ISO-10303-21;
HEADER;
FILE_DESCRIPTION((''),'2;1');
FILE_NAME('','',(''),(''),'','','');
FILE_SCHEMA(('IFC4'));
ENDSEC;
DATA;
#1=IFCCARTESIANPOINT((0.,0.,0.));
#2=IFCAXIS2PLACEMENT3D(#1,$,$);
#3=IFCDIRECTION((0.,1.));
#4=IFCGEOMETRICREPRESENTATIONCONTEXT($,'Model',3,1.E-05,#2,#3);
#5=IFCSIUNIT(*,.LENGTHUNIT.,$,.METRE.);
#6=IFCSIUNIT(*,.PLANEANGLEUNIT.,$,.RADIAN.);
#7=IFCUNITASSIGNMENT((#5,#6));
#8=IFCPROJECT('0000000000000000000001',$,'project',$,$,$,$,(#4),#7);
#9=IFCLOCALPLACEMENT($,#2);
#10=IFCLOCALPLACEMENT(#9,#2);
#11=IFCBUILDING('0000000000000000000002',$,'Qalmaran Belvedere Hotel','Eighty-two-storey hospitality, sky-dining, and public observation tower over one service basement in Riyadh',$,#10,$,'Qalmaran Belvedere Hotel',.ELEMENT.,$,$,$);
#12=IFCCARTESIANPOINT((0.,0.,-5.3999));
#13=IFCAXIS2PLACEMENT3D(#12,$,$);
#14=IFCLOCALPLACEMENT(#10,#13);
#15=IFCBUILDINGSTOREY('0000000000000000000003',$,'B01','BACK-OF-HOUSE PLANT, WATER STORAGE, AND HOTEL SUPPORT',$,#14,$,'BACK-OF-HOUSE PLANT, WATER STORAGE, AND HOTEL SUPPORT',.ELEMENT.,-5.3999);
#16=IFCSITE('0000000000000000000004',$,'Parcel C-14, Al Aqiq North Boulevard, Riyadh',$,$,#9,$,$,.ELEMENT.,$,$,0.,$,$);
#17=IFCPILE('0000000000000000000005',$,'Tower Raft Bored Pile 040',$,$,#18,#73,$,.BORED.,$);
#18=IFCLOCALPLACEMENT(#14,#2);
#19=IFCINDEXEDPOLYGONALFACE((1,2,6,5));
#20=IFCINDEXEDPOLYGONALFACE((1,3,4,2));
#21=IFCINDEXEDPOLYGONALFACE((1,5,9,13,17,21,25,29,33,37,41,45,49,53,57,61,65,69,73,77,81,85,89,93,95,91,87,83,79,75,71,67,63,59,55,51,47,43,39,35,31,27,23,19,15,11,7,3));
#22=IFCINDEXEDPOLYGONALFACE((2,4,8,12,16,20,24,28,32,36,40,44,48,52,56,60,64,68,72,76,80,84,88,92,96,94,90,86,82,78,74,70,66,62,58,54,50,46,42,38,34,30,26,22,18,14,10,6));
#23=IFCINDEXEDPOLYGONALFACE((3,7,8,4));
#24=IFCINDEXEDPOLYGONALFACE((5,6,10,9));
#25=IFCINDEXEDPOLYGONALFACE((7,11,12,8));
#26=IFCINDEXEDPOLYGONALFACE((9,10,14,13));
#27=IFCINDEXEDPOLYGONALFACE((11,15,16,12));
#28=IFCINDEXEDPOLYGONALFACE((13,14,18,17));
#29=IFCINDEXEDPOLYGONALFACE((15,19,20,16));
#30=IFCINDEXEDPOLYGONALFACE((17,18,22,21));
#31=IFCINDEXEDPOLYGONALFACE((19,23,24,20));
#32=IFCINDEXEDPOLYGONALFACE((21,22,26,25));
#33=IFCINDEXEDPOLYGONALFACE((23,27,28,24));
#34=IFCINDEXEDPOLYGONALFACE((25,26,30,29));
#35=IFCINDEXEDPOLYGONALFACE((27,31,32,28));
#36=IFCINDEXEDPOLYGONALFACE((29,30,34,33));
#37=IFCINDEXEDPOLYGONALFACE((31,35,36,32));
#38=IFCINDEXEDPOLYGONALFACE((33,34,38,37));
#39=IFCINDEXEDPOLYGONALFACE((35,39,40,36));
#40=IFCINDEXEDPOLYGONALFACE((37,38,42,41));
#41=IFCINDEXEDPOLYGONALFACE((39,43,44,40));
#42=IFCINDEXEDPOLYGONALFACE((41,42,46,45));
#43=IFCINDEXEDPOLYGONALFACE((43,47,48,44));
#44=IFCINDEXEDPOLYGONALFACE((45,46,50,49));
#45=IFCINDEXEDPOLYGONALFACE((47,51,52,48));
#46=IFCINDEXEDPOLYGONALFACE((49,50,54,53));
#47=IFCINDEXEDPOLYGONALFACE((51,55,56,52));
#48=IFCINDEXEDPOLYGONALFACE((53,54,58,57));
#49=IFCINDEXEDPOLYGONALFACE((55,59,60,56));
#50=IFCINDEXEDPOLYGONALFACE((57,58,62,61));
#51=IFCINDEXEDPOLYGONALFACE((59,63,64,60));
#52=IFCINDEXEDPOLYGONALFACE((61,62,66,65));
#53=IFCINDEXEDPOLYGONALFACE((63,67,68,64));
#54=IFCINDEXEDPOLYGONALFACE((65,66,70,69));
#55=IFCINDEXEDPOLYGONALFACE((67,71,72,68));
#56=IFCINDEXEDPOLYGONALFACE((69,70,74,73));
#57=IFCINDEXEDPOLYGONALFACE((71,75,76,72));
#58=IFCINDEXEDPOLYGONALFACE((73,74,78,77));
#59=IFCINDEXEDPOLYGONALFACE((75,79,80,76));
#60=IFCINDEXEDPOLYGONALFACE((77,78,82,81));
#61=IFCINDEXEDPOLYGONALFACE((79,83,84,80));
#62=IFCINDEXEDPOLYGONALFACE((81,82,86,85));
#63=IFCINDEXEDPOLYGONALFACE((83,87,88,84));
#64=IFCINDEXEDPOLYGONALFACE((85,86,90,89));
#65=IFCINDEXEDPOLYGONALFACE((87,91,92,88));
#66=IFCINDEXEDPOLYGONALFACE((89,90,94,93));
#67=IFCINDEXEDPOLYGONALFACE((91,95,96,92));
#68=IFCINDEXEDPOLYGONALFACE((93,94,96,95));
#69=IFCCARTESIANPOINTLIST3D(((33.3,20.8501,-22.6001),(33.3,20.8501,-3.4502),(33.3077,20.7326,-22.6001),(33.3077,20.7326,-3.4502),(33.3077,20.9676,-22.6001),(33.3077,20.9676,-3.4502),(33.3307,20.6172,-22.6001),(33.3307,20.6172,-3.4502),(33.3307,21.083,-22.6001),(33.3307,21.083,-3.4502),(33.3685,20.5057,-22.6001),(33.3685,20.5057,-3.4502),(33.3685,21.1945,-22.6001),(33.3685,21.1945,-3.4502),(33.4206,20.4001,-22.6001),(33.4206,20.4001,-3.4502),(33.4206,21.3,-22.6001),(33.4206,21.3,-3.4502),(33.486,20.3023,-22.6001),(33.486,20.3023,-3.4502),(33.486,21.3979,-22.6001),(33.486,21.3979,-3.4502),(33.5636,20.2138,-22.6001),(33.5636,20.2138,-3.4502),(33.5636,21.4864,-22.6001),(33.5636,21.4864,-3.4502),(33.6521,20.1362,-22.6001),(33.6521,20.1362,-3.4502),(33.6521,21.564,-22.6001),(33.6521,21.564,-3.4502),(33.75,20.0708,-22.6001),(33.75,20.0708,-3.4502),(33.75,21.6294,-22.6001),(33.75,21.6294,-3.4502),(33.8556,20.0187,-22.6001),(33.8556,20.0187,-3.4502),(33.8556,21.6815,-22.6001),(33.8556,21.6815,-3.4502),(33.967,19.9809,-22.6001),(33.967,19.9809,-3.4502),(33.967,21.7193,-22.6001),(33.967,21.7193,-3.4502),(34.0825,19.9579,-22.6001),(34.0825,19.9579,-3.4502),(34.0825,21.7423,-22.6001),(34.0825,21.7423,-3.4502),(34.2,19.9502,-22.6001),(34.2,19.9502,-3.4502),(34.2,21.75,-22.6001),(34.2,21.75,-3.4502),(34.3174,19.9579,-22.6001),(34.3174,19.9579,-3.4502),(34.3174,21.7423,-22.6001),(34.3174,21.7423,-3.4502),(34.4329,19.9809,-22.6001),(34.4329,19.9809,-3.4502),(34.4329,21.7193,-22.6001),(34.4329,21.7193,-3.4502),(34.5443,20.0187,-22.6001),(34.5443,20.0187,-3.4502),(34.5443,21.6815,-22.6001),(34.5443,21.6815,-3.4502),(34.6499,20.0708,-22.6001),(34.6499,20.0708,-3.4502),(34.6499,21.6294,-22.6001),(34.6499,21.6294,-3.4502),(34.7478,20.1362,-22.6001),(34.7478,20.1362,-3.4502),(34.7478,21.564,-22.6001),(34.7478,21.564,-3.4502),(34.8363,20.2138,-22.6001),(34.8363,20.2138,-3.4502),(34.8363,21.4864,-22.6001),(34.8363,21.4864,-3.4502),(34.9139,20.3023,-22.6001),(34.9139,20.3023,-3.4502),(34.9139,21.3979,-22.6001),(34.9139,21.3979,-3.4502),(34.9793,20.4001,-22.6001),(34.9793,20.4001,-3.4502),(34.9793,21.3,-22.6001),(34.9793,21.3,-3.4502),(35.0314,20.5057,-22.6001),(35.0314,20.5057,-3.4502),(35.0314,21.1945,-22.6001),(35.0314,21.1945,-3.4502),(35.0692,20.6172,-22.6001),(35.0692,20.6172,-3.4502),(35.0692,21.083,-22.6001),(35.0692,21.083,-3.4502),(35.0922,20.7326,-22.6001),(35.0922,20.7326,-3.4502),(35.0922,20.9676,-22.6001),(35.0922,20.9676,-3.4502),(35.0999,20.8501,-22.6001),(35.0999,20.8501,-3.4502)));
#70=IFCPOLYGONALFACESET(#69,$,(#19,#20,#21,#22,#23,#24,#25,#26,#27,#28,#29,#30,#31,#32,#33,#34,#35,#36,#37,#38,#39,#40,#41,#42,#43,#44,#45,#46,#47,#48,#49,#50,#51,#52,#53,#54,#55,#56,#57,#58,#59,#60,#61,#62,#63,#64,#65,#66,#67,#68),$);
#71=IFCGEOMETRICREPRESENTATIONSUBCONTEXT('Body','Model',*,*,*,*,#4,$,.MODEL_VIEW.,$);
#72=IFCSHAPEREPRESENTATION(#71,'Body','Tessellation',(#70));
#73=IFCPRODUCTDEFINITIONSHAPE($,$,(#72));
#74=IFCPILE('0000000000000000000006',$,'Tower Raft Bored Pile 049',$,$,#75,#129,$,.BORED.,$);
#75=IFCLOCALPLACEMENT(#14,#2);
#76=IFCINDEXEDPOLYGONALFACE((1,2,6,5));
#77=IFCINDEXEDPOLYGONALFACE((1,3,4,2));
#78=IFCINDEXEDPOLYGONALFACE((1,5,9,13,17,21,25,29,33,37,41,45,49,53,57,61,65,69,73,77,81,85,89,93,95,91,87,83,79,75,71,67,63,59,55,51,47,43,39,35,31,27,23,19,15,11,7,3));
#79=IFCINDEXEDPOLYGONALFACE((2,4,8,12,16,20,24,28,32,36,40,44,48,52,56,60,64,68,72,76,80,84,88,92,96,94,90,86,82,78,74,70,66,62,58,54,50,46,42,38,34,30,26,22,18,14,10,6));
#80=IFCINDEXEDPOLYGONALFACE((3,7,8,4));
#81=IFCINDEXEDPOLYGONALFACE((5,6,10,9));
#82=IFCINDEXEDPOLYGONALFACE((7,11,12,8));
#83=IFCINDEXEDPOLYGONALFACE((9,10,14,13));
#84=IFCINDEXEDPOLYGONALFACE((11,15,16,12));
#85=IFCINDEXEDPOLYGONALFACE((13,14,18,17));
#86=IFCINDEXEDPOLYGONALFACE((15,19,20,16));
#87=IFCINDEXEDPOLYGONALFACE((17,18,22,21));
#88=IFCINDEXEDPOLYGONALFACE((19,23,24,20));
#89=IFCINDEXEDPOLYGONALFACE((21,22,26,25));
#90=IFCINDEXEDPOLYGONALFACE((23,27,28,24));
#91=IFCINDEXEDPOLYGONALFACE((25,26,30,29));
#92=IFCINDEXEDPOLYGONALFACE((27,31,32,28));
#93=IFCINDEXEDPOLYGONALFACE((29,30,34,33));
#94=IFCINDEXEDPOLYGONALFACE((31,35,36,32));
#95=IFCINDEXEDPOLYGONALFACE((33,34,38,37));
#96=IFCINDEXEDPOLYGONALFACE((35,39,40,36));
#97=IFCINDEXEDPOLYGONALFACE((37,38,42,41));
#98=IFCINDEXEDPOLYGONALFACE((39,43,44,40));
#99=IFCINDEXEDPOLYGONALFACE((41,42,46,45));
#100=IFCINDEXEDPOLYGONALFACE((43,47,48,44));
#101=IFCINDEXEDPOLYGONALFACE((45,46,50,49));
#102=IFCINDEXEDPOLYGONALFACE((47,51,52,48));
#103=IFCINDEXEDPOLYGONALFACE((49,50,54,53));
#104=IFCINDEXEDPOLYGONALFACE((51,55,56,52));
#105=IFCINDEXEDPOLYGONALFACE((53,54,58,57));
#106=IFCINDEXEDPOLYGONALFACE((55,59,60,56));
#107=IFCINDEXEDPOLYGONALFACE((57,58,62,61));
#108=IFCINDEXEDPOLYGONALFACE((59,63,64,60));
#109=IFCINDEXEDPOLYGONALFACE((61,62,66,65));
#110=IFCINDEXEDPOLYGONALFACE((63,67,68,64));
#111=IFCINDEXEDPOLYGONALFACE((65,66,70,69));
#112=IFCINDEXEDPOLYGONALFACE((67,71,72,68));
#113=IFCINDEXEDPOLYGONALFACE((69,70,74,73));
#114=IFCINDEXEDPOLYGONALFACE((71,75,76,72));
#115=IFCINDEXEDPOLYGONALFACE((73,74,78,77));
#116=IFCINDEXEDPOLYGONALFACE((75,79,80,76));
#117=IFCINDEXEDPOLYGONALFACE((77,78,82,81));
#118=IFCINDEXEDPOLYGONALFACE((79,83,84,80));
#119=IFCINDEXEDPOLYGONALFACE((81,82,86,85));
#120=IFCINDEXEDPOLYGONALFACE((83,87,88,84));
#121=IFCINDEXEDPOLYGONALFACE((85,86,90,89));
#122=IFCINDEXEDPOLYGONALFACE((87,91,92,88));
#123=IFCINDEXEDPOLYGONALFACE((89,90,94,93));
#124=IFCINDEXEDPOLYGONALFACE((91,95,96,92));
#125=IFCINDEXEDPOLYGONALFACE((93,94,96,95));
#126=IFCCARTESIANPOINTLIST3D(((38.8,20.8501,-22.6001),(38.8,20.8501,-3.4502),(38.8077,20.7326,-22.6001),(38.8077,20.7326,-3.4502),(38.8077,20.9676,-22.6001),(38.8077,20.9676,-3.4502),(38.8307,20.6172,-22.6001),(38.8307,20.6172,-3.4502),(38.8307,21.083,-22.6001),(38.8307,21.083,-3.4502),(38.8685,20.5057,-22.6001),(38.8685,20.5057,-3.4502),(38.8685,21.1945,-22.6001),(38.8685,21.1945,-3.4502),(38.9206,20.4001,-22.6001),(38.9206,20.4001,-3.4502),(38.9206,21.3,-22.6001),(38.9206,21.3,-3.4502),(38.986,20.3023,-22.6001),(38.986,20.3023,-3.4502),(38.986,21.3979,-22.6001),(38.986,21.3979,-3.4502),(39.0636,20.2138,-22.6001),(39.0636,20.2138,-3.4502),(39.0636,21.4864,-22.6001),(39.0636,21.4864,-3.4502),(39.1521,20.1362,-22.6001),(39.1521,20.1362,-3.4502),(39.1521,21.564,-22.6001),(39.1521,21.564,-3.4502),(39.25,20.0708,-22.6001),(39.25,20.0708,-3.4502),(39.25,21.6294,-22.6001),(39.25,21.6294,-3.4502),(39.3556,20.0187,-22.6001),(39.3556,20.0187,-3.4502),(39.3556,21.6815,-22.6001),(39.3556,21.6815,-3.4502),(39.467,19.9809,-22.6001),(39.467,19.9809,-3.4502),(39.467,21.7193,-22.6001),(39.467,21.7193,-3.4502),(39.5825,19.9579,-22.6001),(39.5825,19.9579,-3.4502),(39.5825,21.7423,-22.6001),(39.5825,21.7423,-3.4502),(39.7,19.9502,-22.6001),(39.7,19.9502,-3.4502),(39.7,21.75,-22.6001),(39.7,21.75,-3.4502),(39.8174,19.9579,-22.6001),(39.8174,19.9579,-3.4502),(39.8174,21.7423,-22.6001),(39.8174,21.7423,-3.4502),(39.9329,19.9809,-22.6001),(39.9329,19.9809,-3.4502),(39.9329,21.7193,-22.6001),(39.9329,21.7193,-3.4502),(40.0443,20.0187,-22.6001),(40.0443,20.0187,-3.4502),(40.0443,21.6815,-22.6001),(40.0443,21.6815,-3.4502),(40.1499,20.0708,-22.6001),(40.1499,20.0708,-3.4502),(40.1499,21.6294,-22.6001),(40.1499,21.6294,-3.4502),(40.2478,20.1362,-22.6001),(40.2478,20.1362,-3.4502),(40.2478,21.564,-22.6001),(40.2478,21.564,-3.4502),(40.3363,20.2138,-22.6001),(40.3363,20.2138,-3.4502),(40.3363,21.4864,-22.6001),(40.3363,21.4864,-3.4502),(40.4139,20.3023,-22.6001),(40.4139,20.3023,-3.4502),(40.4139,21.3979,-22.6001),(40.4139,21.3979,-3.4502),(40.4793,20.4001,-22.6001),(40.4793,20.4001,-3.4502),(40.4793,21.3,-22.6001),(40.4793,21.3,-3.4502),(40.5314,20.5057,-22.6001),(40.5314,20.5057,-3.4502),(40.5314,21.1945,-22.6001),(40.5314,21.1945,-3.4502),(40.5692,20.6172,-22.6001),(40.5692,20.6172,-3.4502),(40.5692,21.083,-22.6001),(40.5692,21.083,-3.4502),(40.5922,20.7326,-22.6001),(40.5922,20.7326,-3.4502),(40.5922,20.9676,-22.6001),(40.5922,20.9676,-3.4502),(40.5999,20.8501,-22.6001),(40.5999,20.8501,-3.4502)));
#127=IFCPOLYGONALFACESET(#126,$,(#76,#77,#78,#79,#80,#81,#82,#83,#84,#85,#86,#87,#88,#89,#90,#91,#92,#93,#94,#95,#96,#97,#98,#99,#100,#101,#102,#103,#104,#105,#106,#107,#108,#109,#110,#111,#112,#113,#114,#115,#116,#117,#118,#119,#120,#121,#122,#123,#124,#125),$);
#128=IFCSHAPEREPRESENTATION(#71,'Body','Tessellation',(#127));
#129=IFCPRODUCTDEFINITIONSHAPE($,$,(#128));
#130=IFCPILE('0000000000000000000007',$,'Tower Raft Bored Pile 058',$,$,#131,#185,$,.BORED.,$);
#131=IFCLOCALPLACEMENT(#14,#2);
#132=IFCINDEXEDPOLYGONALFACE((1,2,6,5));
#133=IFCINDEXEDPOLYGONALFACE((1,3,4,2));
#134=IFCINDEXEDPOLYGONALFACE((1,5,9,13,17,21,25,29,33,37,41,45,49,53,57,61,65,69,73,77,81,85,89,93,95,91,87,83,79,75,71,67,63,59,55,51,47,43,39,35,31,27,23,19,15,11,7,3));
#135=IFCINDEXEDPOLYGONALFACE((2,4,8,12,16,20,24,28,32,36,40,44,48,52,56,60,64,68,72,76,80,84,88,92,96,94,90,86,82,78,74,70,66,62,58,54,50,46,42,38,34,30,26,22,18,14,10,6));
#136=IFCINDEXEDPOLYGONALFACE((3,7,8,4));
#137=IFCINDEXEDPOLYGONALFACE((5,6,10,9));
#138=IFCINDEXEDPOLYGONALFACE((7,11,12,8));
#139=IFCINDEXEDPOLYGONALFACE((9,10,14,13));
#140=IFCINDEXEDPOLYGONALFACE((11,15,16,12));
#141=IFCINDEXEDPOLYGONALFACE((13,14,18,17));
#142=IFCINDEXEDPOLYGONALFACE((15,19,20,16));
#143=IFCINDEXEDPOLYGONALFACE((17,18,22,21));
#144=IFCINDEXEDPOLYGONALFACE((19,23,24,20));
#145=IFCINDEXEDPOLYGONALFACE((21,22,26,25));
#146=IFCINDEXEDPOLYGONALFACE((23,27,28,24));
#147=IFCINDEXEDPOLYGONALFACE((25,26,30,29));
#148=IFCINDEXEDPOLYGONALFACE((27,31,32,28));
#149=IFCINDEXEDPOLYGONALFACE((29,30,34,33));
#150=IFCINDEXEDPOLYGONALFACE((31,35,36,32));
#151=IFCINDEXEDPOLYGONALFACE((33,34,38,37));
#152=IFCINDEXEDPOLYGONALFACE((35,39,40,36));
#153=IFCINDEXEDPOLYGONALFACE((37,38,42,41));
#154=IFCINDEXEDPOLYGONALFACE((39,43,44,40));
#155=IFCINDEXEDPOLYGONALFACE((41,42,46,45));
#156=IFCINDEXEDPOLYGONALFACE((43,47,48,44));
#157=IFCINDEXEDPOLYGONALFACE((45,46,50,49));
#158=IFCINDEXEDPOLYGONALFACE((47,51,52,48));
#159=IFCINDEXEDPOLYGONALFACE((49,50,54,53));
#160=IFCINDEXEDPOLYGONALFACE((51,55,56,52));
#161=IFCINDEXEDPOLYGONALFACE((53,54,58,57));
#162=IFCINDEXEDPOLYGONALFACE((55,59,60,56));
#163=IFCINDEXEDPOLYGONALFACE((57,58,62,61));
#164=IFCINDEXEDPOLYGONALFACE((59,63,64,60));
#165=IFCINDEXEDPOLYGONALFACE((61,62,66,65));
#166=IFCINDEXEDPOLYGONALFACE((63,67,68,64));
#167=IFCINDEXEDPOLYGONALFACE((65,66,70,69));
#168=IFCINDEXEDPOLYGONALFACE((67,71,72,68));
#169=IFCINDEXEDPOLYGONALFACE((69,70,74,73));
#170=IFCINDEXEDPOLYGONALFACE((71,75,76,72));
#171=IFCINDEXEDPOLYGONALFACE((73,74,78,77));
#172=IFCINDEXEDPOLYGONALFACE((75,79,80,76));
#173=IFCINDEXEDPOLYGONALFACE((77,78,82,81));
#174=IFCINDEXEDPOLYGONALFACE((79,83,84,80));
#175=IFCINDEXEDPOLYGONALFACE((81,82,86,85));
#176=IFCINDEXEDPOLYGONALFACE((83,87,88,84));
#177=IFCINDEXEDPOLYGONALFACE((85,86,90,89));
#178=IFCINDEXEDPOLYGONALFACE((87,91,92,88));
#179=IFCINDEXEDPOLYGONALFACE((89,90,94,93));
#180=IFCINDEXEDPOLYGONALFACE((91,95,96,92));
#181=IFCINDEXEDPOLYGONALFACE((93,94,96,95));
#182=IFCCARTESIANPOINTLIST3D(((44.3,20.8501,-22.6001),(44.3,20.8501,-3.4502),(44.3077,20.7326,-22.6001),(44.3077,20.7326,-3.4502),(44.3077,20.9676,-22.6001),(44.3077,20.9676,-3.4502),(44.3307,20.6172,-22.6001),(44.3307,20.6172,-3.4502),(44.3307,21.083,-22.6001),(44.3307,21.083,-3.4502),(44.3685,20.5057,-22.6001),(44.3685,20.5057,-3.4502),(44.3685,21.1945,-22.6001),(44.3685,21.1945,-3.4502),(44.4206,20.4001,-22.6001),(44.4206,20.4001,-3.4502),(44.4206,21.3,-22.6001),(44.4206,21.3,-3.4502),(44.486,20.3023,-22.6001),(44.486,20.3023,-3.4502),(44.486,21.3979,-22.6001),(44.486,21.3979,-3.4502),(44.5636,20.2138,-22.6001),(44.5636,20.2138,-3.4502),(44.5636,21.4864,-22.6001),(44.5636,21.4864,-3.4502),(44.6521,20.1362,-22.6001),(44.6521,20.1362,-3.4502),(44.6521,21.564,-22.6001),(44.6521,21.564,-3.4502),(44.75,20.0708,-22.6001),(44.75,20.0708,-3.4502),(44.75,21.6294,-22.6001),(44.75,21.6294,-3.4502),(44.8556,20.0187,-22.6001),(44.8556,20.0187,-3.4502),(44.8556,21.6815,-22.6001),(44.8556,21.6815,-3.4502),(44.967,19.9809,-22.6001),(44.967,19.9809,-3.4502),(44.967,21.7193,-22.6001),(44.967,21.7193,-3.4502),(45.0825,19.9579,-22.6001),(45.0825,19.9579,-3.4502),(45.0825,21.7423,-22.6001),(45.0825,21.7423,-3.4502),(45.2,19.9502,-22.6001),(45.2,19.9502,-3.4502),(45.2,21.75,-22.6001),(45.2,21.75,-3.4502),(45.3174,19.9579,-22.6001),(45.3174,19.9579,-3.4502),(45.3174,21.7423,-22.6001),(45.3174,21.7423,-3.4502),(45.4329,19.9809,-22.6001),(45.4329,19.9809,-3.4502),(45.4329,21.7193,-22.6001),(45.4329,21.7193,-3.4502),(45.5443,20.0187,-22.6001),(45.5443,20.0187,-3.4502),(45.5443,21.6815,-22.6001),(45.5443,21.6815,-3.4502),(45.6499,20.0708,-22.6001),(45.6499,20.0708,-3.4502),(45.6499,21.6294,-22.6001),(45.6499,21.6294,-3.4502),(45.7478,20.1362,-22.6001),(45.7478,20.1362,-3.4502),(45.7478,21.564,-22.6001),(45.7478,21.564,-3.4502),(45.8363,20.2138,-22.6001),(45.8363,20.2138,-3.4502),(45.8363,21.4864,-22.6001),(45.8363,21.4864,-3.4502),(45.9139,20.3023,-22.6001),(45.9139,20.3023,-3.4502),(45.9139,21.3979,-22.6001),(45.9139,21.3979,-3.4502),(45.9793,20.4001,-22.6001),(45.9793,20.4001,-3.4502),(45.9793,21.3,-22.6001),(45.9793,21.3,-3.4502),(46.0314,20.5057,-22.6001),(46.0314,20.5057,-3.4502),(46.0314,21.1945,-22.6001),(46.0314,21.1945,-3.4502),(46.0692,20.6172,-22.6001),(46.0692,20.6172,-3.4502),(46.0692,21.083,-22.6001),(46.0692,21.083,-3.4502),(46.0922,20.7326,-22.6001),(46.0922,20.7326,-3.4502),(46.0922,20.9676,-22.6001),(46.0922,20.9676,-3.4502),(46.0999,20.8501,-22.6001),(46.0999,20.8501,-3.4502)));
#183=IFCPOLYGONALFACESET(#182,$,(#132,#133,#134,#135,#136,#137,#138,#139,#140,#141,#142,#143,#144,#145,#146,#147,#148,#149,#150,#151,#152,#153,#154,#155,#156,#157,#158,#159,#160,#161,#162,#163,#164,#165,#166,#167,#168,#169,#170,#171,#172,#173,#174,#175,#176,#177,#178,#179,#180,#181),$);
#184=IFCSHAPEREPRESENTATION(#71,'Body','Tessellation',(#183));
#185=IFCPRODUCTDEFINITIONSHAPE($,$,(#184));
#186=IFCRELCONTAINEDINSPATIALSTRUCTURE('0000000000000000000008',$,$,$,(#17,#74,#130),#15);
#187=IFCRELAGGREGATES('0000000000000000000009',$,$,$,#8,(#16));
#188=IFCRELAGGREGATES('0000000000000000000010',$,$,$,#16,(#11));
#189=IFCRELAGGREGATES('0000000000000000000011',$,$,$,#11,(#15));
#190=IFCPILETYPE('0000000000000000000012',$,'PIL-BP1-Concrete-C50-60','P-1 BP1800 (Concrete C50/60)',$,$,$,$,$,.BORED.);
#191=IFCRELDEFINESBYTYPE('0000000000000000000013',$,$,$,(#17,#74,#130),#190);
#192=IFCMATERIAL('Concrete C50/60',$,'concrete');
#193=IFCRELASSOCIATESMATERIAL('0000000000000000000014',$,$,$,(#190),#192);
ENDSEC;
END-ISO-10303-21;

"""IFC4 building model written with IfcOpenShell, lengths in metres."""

from ifc_helpers import new_model, si_unit, direction, frame, origin, origin_2d, place, context, subcontext, project, spatial, circle, extrude, material, material_profile, profile_set, type_object, element, save


model = new_model("IFC4")

# Units and contexts
model_context = context("Model", 3, precision=1e-05, world=origin(), true_north=direction((0.0, 1.0)))
body_context = subcontext(model_context, "Body", "Model", "MODEL_VIEW")
ifc_project = project(units=[si_unit("LENGTHUNIT", "METRE"), si_unit("PLANEANGLEUNIT", "RADIAN")], contexts=[model_context])

# Site, building, storey
site_placement = place(None, origin())
site = spatial("IfcSite", under=ifc_project, at=site_placement, Name="Parcel C-14, Al Aqiq North Boulevard, Riyadh", CompositionType="ELEMENT", RefElevation=0.0)
building_placement = place(site_placement, origin())
building = spatial("IfcBuilding", under=site, at=building_placement, Name="Qalmaran Belvedere Hotel", Description="Eighty-two-storey hospitality, sky-dining, and public observation tower over one service basement in Riyadh", LongName="Qalmaran Belvedere Hotel", CompositionType="ELEMENT")
storey_placement = place(building_placement, frame((0.0, 0.0, -5.3999)))
storey = spatial("IfcBuildingStorey", under=building, at=storey_placement, Name="B01", Description="BACK-OF-HOUSE PLANT, WATER STORAGE, AND HOTEL SUPPORT", LongName="BACK-OF-HOUSE PLANT, WATER STORAGE, AND HOTEL SUPPORT", CompositionType="ELEMENT", Elevation=-5.3999)

# Piles
ifc_material_1 = material(Name="Concrete C50/60", Category="concrete")
ifc_material_profile_1 = material_profile(ifc_material_1, circle(Radius=0.8999, at=origin_2d()), Name="BP1800")
ifc_profile_set_1 = profile_set([ifc_material_profile_1], Name="Concrete C50/60")
pile_type_1 = type_object("IfcPileType", Name="PIL-BP1-Concrete-C50-60", Description="P-1 BP1800 (Concrete C50/60)", PredefinedType="BORED", material=ifc_profile_set_1)
for number, where, z_axis, x_axis, name in (
    (1, (34.2, 20.8501, -3.4502), (0.0, 0.0, -1.0), (1.0, 0.0, 0.0), "Tower Raft Bored Pile 040"),
    (2, (39.7, 20.8501, -3.4502), (0.0, 0.0, -1.0), (1.0, 0.0, 0.0), "Tower Raft Bored Pile 049"),
    (3, (45.2, 20.8501, -3.4502), (0.0, 0.0, -1.0), (1.0, 0.0, 0.0), "Tower Raft Bored Pile 058"),
):
    element("IfcPile", number, at=place(storey_placement, frame(where, z_axis=z_axis, x_axis=x_axis)), inside=storey, type_object=pile_type_1, Name=name, PredefinedType="BORED", context=body_context, shape_type="SweptSolid", body=[
        extrude(circle(Radius=0.8999, at=origin_2d()), origin(), (0.0, 0.0, 1.0), 19.1499),
    ])

save(model, "model.ifc")
